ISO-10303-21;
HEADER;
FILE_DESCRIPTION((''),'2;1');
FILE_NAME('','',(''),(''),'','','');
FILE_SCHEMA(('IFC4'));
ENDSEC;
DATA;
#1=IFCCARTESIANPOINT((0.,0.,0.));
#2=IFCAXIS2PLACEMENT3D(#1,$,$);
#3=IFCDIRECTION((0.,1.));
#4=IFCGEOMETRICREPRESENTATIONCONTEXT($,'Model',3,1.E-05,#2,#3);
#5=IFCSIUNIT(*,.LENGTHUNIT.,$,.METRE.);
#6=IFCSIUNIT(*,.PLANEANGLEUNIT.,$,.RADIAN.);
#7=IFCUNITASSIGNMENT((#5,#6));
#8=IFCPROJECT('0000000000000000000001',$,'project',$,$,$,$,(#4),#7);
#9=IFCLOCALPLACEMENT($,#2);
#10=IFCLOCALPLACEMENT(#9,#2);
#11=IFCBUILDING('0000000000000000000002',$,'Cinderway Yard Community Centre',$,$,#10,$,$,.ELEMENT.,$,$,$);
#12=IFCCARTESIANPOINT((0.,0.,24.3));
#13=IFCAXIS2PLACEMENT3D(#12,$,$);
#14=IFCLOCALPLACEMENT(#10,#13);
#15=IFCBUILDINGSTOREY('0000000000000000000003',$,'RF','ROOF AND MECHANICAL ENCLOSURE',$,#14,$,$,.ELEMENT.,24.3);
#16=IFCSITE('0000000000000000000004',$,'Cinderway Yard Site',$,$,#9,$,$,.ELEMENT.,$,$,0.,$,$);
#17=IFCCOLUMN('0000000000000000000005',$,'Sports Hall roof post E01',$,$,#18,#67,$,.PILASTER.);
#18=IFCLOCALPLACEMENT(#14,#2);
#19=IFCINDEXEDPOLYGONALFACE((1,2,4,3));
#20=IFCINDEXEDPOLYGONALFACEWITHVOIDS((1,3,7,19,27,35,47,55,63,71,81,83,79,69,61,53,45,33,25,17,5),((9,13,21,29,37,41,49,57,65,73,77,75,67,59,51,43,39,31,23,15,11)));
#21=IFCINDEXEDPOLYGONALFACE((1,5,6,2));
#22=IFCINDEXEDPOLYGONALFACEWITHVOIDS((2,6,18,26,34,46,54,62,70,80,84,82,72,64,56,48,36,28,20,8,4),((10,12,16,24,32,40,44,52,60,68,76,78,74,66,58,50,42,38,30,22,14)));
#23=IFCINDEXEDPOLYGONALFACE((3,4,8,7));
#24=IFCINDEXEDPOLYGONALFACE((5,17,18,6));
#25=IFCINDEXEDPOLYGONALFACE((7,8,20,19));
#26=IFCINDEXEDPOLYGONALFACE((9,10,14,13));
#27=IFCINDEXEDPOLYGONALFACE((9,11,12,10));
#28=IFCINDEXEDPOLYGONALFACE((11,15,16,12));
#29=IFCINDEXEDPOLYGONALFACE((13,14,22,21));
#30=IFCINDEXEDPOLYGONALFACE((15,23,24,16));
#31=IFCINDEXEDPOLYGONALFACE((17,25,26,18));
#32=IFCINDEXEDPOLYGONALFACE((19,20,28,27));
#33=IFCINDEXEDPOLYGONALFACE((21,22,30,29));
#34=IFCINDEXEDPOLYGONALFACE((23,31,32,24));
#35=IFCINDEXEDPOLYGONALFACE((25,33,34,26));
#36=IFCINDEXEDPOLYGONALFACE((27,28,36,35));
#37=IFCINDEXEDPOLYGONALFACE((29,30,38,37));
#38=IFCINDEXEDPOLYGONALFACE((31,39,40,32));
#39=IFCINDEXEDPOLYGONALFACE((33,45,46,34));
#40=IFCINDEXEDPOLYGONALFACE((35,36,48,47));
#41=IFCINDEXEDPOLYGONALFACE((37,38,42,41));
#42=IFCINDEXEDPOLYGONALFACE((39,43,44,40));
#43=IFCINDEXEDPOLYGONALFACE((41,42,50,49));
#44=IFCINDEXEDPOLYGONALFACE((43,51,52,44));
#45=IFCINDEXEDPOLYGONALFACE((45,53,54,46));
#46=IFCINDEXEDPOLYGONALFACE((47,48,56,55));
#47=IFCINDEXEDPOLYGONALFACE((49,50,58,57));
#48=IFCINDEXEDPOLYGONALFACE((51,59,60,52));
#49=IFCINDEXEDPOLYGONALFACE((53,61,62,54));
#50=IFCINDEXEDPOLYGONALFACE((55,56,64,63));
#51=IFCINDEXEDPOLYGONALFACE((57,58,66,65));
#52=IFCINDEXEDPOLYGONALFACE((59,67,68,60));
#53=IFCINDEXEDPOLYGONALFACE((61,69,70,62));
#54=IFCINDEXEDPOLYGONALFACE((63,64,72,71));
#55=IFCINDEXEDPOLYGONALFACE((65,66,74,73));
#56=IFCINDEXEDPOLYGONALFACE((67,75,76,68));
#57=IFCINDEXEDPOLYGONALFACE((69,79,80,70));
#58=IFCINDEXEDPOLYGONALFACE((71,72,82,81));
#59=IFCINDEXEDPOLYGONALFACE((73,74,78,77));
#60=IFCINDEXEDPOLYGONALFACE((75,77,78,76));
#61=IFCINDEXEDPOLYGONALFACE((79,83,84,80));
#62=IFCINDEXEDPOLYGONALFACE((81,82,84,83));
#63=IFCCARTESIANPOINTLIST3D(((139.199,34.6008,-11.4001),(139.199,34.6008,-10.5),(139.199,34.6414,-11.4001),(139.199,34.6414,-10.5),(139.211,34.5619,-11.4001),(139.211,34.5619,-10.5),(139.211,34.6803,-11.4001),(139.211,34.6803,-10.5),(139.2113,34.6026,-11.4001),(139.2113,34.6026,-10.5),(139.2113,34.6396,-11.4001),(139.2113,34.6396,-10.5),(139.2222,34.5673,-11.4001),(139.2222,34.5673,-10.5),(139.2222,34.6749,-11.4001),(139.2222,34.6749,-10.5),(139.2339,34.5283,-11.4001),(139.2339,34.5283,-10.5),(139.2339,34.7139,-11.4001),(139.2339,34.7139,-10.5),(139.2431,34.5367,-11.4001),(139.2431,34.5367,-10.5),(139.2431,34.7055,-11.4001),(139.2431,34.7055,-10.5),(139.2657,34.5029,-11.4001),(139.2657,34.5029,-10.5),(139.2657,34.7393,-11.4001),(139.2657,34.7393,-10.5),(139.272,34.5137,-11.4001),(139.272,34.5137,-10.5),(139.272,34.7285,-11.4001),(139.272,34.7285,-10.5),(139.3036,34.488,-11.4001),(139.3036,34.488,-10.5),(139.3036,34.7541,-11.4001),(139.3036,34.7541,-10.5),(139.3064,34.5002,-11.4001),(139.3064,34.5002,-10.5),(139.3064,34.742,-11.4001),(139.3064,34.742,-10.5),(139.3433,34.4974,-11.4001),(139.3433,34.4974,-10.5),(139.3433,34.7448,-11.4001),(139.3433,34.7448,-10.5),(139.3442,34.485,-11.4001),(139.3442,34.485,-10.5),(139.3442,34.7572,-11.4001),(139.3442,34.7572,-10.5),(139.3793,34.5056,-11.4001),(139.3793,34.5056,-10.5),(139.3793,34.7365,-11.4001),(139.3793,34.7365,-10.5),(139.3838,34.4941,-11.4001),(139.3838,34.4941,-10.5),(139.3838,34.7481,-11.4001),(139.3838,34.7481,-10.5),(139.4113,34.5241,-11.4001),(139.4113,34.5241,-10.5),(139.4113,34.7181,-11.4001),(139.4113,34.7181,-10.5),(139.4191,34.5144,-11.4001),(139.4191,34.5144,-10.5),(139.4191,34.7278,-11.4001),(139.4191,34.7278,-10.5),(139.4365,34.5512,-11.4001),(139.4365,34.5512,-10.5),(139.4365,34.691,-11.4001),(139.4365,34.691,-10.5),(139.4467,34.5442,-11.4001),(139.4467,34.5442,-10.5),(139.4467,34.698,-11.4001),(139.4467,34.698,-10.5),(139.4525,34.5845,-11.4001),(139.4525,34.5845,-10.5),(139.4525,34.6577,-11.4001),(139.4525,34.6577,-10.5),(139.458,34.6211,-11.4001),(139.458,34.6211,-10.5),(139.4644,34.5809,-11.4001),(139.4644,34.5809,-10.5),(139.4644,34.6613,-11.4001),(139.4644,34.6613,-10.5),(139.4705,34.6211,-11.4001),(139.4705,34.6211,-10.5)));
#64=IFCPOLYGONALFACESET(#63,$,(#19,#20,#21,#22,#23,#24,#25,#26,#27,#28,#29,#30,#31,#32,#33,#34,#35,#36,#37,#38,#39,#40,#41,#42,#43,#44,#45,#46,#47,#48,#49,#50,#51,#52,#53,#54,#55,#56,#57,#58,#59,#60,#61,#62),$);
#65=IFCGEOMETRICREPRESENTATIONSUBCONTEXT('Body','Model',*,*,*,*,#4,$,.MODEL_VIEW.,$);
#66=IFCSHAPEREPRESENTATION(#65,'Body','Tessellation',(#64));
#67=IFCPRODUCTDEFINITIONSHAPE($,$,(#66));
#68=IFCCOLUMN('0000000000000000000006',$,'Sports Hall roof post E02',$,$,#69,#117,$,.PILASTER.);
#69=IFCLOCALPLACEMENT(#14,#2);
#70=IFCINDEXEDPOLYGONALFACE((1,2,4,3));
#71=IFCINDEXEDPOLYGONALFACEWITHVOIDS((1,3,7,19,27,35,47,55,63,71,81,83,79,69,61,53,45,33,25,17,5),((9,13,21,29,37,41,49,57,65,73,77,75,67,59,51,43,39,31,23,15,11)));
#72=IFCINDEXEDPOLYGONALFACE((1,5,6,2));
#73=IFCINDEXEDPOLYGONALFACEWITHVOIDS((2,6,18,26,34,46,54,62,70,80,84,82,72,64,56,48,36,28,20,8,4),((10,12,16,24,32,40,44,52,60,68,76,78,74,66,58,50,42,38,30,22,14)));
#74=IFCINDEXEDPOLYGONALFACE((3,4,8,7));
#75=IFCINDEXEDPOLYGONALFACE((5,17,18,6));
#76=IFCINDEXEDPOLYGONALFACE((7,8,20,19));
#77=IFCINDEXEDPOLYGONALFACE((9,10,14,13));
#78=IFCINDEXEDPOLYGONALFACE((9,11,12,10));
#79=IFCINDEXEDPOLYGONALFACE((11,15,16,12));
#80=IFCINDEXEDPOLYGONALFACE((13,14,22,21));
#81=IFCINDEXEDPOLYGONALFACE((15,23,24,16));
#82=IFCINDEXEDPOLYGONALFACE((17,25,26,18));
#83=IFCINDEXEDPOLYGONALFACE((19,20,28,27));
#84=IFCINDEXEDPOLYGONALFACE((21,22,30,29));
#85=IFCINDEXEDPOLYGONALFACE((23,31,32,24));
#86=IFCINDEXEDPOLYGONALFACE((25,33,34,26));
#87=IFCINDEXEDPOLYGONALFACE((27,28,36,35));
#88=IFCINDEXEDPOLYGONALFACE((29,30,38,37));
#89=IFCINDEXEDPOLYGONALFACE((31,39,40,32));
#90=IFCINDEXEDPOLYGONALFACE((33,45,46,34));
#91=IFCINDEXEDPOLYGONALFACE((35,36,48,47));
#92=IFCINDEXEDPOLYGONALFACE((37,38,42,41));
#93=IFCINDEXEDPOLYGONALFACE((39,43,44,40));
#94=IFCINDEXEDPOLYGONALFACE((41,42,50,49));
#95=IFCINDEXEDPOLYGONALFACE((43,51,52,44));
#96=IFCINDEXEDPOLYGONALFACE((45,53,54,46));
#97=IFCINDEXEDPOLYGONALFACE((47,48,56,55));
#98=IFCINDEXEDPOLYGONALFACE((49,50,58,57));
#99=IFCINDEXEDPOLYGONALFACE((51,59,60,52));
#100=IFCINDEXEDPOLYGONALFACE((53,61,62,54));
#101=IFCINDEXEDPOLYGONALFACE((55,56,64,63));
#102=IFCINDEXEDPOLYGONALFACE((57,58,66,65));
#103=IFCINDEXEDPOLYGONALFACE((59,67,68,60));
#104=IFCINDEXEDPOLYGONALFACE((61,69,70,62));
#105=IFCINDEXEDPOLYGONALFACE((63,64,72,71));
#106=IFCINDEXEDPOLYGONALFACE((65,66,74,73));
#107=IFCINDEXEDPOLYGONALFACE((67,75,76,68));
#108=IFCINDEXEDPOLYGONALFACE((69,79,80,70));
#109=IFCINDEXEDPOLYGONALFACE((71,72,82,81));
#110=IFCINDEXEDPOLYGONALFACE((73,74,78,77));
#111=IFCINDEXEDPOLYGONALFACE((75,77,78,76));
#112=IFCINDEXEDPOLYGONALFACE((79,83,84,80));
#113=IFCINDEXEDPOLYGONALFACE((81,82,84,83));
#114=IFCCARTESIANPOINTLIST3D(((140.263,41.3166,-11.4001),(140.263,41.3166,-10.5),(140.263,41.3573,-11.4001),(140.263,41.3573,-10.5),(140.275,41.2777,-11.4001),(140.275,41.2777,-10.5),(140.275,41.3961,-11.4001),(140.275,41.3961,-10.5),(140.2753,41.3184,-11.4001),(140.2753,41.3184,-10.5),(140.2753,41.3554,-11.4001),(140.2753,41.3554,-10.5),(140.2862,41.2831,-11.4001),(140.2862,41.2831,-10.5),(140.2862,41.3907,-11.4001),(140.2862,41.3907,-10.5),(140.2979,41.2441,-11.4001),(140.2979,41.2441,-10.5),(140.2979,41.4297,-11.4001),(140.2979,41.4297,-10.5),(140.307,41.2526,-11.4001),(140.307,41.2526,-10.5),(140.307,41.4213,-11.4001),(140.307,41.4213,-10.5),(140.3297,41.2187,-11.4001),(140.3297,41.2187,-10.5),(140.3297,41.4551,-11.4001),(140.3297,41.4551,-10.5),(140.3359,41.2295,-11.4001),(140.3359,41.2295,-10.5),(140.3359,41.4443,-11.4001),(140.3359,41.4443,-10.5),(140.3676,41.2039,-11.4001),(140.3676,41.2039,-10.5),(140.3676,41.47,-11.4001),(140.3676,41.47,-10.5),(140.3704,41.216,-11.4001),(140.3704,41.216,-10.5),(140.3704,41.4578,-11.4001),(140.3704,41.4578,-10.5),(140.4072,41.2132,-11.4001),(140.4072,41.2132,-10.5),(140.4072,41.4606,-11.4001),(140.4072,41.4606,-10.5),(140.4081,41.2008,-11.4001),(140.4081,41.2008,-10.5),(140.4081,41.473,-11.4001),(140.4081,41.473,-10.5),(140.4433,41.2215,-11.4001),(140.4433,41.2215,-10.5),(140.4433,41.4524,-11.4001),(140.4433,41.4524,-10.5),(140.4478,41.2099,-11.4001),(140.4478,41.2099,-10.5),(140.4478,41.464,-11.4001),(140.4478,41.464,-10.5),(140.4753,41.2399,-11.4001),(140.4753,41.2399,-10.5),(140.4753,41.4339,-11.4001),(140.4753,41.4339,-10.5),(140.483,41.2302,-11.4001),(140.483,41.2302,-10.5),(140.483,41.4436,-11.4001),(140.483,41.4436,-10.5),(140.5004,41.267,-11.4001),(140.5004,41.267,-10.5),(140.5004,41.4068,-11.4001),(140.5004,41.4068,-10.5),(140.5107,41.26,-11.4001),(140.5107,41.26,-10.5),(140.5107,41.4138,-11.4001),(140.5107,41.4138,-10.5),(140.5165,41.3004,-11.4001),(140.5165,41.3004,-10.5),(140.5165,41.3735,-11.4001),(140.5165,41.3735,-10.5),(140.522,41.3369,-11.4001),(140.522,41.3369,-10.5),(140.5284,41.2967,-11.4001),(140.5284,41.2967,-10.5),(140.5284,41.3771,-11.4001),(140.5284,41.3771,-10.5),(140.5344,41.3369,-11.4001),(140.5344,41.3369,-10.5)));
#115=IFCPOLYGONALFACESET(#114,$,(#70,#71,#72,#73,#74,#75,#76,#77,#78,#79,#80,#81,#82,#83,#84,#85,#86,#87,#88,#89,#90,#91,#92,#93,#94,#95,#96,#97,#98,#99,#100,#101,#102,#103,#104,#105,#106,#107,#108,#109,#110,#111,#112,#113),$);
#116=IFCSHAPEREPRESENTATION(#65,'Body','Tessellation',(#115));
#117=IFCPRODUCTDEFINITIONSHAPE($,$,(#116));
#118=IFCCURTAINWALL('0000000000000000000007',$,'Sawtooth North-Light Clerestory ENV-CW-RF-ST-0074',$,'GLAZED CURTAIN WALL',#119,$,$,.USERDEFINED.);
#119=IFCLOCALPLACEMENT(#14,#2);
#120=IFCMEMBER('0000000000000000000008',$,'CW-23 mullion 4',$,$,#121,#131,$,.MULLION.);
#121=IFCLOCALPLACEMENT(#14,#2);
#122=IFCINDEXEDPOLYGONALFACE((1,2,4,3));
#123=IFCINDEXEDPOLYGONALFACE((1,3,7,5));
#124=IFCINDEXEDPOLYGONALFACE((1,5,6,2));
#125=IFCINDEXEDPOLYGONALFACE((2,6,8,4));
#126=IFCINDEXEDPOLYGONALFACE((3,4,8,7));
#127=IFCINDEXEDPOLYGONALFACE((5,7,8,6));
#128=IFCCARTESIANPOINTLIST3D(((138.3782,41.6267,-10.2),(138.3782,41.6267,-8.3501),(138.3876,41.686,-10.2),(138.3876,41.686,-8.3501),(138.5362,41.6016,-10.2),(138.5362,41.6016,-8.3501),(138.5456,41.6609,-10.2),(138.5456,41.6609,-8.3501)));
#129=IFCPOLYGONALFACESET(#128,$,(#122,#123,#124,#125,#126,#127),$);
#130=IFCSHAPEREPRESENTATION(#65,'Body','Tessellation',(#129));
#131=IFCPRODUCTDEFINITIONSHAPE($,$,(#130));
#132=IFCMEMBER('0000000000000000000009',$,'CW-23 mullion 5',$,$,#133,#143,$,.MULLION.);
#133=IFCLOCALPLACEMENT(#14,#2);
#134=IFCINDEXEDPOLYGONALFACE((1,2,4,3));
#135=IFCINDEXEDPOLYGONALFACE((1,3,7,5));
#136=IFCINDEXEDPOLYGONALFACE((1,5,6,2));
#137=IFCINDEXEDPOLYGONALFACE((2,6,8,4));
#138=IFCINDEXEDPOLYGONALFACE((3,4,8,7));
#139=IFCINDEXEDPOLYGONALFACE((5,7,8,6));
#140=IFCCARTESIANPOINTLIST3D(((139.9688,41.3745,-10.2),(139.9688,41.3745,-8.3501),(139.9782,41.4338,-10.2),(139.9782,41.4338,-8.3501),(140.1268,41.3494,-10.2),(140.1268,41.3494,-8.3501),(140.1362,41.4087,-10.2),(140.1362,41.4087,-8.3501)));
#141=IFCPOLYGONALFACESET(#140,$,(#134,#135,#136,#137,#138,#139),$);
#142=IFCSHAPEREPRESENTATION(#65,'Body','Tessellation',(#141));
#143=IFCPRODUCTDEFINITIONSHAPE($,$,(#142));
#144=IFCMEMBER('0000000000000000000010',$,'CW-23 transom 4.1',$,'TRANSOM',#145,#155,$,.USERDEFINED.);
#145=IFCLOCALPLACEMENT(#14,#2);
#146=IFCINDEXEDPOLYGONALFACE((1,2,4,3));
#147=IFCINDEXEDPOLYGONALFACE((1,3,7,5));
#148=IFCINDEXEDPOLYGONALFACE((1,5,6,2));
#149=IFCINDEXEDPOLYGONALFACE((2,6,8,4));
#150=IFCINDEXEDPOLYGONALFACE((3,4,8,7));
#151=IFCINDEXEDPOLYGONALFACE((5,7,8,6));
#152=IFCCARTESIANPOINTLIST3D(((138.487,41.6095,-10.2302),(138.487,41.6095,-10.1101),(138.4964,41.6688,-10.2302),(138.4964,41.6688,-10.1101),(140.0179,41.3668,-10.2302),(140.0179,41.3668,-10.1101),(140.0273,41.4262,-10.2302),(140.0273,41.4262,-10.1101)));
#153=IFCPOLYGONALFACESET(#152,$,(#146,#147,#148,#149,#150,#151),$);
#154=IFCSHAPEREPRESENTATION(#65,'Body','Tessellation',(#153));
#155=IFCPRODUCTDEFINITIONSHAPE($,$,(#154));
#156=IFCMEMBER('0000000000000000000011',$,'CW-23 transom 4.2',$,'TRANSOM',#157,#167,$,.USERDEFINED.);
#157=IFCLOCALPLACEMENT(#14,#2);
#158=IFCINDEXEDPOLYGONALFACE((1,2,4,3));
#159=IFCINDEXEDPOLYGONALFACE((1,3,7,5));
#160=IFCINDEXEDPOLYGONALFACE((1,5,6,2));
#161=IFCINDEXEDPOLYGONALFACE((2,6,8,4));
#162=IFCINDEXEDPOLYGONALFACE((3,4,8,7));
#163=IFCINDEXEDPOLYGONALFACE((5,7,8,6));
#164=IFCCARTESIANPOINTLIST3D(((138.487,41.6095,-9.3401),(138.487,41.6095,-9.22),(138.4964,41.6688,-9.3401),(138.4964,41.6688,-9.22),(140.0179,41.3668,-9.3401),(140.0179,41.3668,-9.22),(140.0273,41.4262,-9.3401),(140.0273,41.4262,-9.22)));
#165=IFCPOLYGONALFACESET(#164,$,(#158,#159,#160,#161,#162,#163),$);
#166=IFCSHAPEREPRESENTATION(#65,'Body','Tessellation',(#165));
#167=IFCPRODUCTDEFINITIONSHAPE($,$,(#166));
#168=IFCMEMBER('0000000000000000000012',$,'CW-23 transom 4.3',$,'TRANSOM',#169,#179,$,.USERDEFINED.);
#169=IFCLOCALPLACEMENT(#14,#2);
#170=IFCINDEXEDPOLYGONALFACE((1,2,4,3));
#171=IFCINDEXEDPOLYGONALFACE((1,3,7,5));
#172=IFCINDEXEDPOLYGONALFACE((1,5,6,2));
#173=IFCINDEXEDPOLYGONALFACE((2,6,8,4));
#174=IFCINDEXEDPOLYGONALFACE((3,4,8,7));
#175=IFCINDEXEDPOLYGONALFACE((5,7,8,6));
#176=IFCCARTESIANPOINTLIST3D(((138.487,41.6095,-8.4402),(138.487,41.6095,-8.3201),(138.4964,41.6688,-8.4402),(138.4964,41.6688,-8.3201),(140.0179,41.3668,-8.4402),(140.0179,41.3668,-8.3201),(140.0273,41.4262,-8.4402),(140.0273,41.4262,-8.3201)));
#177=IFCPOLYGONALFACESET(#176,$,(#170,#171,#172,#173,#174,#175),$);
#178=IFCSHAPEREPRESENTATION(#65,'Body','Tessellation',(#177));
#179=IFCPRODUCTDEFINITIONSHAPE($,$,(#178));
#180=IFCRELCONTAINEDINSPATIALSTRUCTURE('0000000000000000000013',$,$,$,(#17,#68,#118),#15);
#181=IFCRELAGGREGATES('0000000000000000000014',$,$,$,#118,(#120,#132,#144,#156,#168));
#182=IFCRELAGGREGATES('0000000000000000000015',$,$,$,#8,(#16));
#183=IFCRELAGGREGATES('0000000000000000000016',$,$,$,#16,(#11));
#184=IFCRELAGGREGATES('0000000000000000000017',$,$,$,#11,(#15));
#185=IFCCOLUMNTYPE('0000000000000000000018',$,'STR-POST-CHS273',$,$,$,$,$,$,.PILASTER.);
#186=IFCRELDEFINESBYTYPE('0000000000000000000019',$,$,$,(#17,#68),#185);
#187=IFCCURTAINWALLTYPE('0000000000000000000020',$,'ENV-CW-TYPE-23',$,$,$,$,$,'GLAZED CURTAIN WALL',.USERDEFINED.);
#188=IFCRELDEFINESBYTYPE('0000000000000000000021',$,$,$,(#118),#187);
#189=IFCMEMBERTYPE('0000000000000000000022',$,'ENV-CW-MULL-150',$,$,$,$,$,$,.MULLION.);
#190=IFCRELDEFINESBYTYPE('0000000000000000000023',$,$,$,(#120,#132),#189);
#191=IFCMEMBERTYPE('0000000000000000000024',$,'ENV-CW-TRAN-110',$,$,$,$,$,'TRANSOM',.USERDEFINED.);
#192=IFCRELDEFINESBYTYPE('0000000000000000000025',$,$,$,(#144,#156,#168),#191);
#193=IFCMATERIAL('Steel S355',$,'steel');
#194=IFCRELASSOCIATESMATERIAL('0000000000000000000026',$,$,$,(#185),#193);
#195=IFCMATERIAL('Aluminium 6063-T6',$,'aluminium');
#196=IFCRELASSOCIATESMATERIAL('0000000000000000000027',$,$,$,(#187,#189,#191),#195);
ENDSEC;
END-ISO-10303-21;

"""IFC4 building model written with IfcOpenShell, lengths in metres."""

from ifc_helpers import new_model, si_unit, direction, frame, origin, origin_2d, place, context, subcontext, project, spatial, rectangle, hollow_circle, extrude, material, material_profile, profile_set, type_object, element, aggregate, save


model = new_model("IFC4")

# Units and contexts
model_context = context("Model", 3, precision=1e-05, world=origin(), true_north=direction((0.0, 1.0)))
body_context = subcontext(model_context, "Body", "Model", "MODEL_VIEW")
ifc_project = project(units=[si_unit("LENGTHUNIT", "METRE"), si_unit("PLANEANGLEUNIT", "RADIAN")], contexts=[model_context])

# Site, building, storey
site_placement = place(None, origin())
site = spatial("IfcSite", under=ifc_project, at=site_placement, Name="Cinderway Yard Site", CompositionType="ELEMENT", RefElevation=0.0)
building_placement = place(site_placement, origin())
building = spatial("IfcBuilding", under=site, at=building_placement, Name="Cinderway Yard Community Centre", CompositionType="ELEMENT")
storey_placement = place(building_placement, frame((0.0, 0.0, 24.3)))
storey = spatial("IfcBuildingStorey", under=building, at=storey_placement, Name="RF", Description="ROOF AND MECHANICAL ENCLOSURE", CompositionType="ELEMENT", Elevation=24.3)

# Columns
ifc_material_1 = material(Name="Steel S355", Category="steel")
ifc_material_profile_1 = material_profile(ifc_material_1, hollow_circle(Radius=0.1365, WallThickness=0.0125, at=origin_2d()), Name="Steel S355")
ifc_profile_set_1 = profile_set([ifc_material_profile_1], Name="Steel S355")
column_type = type_object("IfcColumnType", Name="STR-POST-CHS273", PredefinedType="PILASTER", material=ifc_profile_set_1)
for number, where, z_axis, x_axis, name in (
    (1, (139.334, 34.6211, -11.4001), (0.0, 0.0, 1.0), (1.0, 0.0, 0.0), "Sports Hall roof post E01"),
    (2, (140.3979, 41.3369, -11.4001), (0.0, 0.0, 1.0), (1.0, 0.0, 0.0), "Sports Hall roof post E02"),
):
    element("IfcColumn", number, at=place(storey_placement, frame(where, z_axis=z_axis, x_axis=x_axis)), inside=storey, type_object=column_type, Name=name, PredefinedType="PILASTER", context=body_context, shape_type="SweptSolid", body=[
        extrude(hollow_circle(Radius=0.1365, WallThickness=0.0125, at=origin_2d()), origin(), (0.0, 0.0, 1.0), 0.9001),
    ])

# Curtain wall, members
ifc_material_2 = material(Name="Aluminium 6063-T6", Category="aluminium")
curtain_wall_type = type_object("IfcCurtainWallType", Name="ENV-CW-TYPE-23", ElementType="GLAZED CURTAIN WALL", PredefinedType="USERDEFINED", material=ifc_material_2)
curtain_wall_placement = place(storey_placement, origin())
curtain_wall = element("IfcCurtainWall", 3, at=curtain_wall_placement, inside=storey, type_object=curtain_wall_type, Name="Sawtooth North-Light Clerestory ENV-CW-RF-ST-0074", ObjectType="GLAZED CURTAIN WALL", PredefinedType="USERDEFINED")
ifc_material_profile_2 = material_profile(ifc_material_2, rectangle(XDim=0.0601, YDim=0.1599, at=origin_2d()), Name="Aluminium 6063-T6")
ifc_profile_set_2 = profile_set([ifc_material_profile_2], Name="Aluminium 6063-T6")
member_type_1 = type_object("IfcMemberType", Name="ENV-CW-MULL-150", PredefinedType="MULLION", material=ifc_profile_set_2)
member_1_placement = place(storey_placement, frame((138.4619, 41.6438, -10.2), z_axis=(0.0, 0.0, 1.0), x_axis=(0.156534, 0.987673, 0.0)))
member_1 = element("IfcMember", 4, at=member_1_placement, type_object=member_type_1, Name="CW-23 mullion 4", PredefinedType="MULLION", context=body_context, shape_type="SweptSolid", body=[
    extrude(rectangle(XDim=0.0601, YDim=0.1599, at=origin_2d()), origin(), (0.0, 0.0, 1.0), 1.8499),
])
member_2_placement = place(storey_placement, frame((140.0525, 41.3916, -10.2), z_axis=(0.0, 0.0, 1.0), x_axis=(0.156534, 0.987673, 0.0)))
member_2 = element("IfcMember", 5, at=member_2_placement, type_object=member_type_1, Name="CW-23 mullion 5", PredefinedType="MULLION", context=body_context, shape_type="SweptSolid", body=[
    extrude(rectangle(XDim=0.0601, YDim=0.1599, at=origin_2d()), origin(), (0.0, 0.0, 1.0), 1.8499),
])
ifc_material_profile_3 = material_profile(ifc_material_2, rectangle(XDim=0.0601, YDim=0.1201, at=origin_2d()), Name="Aluminium 6063-T6")
ifc_profile_set_3 = profile_set([ifc_material_profile_3], Name="Aluminium 6063-T6")
member_type_2 = type_object("IfcMemberType", Name="ENV-CW-TRAN-110", ElementType="TRANSOM", PredefinedType="USERDEFINED", material=ifc_profile_set_3)
member_3_placement = place(storey_placement, frame((138.4917, 41.6392, -10.1702), z_axis=(0.98767, -0.156553, 0.0), x_axis=(0.156553, 0.98767, 0.0)))
member_3 = element("IfcMember", 6, at=member_3_placement, type_object=member_type_2, Name="CW-23 transom 4.1", ObjectType="TRANSOM", PredefinedType="USERDEFINED", context=body_context, shape_type="SweptSolid", body=[
    extrude(rectangle(XDim=0.0601, YDim=0.1201, at=origin_2d()), origin(), (0.0, 0.0, 1.0), 1.55),
])
member_4_placement = place(storey_placement, frame((138.4917, 41.6392, -9.28), z_axis=(0.98767, -0.156553, 0.0), x_axis=(0.156553, 0.98767, 0.0)))
member_4 = element("IfcMember", 7, at=member_4_placement, type_object=member_type_2, Name="CW-23 transom 4.2", ObjectType="TRANSOM", PredefinedType="USERDEFINED", context=body_context, shape_type="SweptSolid", body=[
    extrude(rectangle(XDim=0.0601, YDim=0.1201, at=origin_2d()), origin(), (0.0, 0.0, 1.0), 1.55),
])
member_5_placement = place(storey_placement, frame((138.4917, 41.6392, -8.3801), z_axis=(0.98767, -0.156553, 0.0), x_axis=(0.156553, 0.98767, 0.0)))
member_5 = element("IfcMember", 8, at=member_5_placement, type_object=member_type_2, Name="CW-23 transom 4.3", ObjectType="TRANSOM", PredefinedType="USERDEFINED", context=body_context, shape_type="SweptSolid", body=[
    extrude(rectangle(XDim=0.0601, YDim=0.1201, at=origin_2d()), origin(), (0.0, 0.0, 1.0), 1.55),
])

aggregate(curtain_wall, [member_1, member_2, member_3, member_4, member_5])

save(model, "model.ifc")
